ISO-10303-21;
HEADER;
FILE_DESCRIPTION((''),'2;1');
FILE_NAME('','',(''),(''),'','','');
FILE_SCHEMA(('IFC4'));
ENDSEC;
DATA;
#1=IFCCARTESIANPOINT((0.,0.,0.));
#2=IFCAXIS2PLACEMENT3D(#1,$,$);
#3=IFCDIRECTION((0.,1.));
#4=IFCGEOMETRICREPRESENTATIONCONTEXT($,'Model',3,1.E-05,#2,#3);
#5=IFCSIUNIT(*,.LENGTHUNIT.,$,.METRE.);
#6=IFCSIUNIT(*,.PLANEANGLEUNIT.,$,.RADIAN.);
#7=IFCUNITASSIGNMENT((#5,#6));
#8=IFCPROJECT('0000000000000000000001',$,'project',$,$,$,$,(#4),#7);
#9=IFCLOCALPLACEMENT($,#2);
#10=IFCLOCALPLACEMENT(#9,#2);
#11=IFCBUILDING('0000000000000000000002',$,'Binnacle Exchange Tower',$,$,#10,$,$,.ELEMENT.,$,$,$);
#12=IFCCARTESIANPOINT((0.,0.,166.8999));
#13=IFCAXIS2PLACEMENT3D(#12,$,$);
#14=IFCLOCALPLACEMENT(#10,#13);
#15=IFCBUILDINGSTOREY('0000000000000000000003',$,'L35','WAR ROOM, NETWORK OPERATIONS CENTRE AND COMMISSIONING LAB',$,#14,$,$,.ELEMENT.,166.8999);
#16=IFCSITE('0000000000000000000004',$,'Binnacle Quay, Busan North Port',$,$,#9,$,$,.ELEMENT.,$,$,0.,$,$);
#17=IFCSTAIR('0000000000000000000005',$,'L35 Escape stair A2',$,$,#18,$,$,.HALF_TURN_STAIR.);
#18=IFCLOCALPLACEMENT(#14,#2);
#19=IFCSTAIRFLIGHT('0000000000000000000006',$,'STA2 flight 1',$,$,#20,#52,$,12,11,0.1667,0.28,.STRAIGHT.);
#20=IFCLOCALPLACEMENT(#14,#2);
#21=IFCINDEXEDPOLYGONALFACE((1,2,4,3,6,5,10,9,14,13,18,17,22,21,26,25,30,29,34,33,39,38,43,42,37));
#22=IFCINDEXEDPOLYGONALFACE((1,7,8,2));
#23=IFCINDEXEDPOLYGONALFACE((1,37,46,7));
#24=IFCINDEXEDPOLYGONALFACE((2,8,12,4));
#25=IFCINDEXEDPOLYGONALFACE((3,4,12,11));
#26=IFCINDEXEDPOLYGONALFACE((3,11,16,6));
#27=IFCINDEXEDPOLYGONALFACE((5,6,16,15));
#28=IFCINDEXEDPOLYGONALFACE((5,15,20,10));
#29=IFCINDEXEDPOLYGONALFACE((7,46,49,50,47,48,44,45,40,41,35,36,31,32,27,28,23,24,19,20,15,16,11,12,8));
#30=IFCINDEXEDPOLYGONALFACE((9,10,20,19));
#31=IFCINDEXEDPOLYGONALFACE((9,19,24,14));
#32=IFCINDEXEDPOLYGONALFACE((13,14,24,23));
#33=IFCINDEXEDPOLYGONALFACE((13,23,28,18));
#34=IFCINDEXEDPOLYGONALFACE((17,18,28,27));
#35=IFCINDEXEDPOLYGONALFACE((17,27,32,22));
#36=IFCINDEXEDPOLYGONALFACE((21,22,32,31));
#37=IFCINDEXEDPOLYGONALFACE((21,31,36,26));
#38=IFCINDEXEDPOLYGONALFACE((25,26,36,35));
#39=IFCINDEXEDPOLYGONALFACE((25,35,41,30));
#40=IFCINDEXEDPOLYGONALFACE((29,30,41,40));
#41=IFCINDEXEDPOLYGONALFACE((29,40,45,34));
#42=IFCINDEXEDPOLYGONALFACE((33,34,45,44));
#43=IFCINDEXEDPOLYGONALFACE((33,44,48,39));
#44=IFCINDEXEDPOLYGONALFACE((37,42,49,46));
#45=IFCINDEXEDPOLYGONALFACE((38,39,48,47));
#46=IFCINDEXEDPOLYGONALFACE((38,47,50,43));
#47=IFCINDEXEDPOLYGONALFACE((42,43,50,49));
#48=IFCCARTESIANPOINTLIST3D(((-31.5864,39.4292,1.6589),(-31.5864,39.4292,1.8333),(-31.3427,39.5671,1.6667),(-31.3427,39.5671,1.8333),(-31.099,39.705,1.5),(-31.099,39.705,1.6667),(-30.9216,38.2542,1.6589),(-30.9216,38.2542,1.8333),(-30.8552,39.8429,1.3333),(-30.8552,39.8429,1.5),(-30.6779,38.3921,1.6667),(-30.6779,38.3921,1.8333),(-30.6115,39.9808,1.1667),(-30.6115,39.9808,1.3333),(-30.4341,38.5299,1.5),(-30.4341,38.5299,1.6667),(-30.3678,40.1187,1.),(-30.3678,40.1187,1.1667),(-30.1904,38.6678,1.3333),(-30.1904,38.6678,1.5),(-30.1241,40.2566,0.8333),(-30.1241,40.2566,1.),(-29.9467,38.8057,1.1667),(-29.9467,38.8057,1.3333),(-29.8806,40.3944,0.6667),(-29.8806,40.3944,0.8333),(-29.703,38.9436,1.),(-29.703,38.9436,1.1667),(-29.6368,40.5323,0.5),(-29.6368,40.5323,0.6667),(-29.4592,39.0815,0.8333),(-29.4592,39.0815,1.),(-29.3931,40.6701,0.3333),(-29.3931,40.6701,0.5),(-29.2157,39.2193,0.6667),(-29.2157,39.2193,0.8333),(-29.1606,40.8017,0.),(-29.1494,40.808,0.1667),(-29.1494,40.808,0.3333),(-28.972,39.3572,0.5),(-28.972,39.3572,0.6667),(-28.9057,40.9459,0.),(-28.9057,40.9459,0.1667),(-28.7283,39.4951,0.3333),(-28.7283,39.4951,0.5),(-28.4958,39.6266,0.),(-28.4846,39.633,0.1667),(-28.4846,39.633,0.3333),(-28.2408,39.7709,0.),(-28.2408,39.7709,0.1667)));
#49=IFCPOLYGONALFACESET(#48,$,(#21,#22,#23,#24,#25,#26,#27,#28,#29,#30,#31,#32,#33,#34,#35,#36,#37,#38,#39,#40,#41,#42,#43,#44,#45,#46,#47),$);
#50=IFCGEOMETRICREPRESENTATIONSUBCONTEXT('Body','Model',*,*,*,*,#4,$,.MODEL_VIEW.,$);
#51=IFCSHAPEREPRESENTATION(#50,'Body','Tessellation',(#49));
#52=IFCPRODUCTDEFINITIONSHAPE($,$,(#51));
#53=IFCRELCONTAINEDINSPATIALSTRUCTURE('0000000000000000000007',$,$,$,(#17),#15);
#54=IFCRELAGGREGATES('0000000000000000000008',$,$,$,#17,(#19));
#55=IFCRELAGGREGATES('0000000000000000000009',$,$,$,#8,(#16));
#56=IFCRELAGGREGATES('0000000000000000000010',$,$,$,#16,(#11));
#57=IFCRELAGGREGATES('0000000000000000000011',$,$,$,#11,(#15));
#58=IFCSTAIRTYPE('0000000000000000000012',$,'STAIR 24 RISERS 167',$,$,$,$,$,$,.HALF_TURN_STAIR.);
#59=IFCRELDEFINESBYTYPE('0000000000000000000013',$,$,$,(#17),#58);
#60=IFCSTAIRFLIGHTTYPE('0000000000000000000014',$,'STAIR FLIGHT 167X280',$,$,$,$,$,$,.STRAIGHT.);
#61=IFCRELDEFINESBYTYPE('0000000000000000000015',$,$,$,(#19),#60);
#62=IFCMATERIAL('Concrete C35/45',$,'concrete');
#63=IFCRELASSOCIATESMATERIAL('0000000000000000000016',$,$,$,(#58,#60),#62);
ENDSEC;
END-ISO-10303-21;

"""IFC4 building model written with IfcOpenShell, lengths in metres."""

from ifc_helpers import new_model, si_unit, direction, frame, origin, place, context, subcontext, project, spatial, polyline, outline, extrude, material, type_object, element, aggregate, save


model = new_model("IFC4")

# Units and contexts
model_context = context("Model", 3, precision=1e-05, world=origin(), true_north=direction((0.0, 1.0)))
body_context = subcontext(model_context, "Body", "Model", "MODEL_VIEW")
ifc_project = project(units=[si_unit("LENGTHUNIT", "METRE"), si_unit("PLANEANGLEUNIT", "RADIAN")], contexts=[model_context])

# Site, building, storey
site_placement = place(None, origin())
site = spatial("IfcSite", under=ifc_project, at=site_placement, Name="Binnacle Quay, Busan North Port", CompositionType="ELEMENT", RefElevation=0.0)
building_placement = place(site_placement, origin())
building = spatial("IfcBuilding", under=site, at=building_placement, Name="Binnacle Exchange Tower", CompositionType="ELEMENT")
storey_placement = place(building_placement, frame((0.0, 0.0, 166.8999)))
storey = spatial("IfcBuildingStorey", under=building, at=storey_placement, Name="L35", Description="WAR ROOM, NETWORK OPERATIONS CENTRE AND COMMISSIONING LAB", CompositionType="ELEMENT", Elevation=166.8999)

# Stair, stair flight
ifc_material_1 = material(Name="Concrete C35/45", Category="concrete")
stair_type = type_object("IfcStairType", Name="STAIR 24 RISERS 167", PredefinedType="HALF_TURN_STAIR", material=ifc_material_1)
stair_placement = place(storey_placement, origin())
stair = element("IfcStair", 1, at=stair_placement, inside=storey, type_object=stair_type, Name="L35 Escape stair A2", PredefinedType="HALF_TURN_STAIR")
stair_flight_type = type_object("IfcStairFlightType", Name="STAIR FLIGHT 167X280", PredefinedType="STRAIGHT", material=ifc_material_1)
stair_flight_placement = place(storey_placement, frame((-28.5732, 40.3584, 0.0), z_axis=(0.0, 0.0, 1.0), x_axis=(-0.870356, -0.492424, 0.0)))
stair_flight = element("IfcStairFlight", 2, at=stair_flight_placement, type_object=stair_flight_type, Name="STA2 flight 1", NumberOfRisers=12, NumberOfTreads=11, PredefinedType="STRAIGHT", RiserHeight=0.1667, TreadLength=0.28, context=body_context, shape_type="SweptSolid", body=[
    extrude(outline(polyline([(0.0, 0.0), (0.0, 0.1667), (0.28, 0.1667), (0.28, 0.3333), (0.5601, 0.3333), (0.5601, 0.5), (0.8401, 0.5), (0.8401, 0.6667), (1.1201, 0.6667), (1.1201, 0.8333), (1.3999, 0.8333), (1.3999, 1.0), (1.6799, 1.0), (1.6799, 1.1667), (1.96, 1.1667), (1.96, 1.3333), (2.24, 1.3333), (2.24, 1.5), (2.52, 1.5), (2.52, 1.6667), (2.8, 1.6667), (2.8, 1.8333), (3.0801, 1.8333), (3.0801, 2.0), (3.0801, 1.6589), (0.293, 0.0), (0.0, 0.0)])), frame((0.0, 0.675, 0.0), z_axis=(0.0, -1.0, 0.0), x_axis=(1.0, 0.0, 0.0)), (0.0, 0.0, 1.0), 1.3501),
])
aggregate(stair, [stair_flight])

save(model, "model.ifc")
